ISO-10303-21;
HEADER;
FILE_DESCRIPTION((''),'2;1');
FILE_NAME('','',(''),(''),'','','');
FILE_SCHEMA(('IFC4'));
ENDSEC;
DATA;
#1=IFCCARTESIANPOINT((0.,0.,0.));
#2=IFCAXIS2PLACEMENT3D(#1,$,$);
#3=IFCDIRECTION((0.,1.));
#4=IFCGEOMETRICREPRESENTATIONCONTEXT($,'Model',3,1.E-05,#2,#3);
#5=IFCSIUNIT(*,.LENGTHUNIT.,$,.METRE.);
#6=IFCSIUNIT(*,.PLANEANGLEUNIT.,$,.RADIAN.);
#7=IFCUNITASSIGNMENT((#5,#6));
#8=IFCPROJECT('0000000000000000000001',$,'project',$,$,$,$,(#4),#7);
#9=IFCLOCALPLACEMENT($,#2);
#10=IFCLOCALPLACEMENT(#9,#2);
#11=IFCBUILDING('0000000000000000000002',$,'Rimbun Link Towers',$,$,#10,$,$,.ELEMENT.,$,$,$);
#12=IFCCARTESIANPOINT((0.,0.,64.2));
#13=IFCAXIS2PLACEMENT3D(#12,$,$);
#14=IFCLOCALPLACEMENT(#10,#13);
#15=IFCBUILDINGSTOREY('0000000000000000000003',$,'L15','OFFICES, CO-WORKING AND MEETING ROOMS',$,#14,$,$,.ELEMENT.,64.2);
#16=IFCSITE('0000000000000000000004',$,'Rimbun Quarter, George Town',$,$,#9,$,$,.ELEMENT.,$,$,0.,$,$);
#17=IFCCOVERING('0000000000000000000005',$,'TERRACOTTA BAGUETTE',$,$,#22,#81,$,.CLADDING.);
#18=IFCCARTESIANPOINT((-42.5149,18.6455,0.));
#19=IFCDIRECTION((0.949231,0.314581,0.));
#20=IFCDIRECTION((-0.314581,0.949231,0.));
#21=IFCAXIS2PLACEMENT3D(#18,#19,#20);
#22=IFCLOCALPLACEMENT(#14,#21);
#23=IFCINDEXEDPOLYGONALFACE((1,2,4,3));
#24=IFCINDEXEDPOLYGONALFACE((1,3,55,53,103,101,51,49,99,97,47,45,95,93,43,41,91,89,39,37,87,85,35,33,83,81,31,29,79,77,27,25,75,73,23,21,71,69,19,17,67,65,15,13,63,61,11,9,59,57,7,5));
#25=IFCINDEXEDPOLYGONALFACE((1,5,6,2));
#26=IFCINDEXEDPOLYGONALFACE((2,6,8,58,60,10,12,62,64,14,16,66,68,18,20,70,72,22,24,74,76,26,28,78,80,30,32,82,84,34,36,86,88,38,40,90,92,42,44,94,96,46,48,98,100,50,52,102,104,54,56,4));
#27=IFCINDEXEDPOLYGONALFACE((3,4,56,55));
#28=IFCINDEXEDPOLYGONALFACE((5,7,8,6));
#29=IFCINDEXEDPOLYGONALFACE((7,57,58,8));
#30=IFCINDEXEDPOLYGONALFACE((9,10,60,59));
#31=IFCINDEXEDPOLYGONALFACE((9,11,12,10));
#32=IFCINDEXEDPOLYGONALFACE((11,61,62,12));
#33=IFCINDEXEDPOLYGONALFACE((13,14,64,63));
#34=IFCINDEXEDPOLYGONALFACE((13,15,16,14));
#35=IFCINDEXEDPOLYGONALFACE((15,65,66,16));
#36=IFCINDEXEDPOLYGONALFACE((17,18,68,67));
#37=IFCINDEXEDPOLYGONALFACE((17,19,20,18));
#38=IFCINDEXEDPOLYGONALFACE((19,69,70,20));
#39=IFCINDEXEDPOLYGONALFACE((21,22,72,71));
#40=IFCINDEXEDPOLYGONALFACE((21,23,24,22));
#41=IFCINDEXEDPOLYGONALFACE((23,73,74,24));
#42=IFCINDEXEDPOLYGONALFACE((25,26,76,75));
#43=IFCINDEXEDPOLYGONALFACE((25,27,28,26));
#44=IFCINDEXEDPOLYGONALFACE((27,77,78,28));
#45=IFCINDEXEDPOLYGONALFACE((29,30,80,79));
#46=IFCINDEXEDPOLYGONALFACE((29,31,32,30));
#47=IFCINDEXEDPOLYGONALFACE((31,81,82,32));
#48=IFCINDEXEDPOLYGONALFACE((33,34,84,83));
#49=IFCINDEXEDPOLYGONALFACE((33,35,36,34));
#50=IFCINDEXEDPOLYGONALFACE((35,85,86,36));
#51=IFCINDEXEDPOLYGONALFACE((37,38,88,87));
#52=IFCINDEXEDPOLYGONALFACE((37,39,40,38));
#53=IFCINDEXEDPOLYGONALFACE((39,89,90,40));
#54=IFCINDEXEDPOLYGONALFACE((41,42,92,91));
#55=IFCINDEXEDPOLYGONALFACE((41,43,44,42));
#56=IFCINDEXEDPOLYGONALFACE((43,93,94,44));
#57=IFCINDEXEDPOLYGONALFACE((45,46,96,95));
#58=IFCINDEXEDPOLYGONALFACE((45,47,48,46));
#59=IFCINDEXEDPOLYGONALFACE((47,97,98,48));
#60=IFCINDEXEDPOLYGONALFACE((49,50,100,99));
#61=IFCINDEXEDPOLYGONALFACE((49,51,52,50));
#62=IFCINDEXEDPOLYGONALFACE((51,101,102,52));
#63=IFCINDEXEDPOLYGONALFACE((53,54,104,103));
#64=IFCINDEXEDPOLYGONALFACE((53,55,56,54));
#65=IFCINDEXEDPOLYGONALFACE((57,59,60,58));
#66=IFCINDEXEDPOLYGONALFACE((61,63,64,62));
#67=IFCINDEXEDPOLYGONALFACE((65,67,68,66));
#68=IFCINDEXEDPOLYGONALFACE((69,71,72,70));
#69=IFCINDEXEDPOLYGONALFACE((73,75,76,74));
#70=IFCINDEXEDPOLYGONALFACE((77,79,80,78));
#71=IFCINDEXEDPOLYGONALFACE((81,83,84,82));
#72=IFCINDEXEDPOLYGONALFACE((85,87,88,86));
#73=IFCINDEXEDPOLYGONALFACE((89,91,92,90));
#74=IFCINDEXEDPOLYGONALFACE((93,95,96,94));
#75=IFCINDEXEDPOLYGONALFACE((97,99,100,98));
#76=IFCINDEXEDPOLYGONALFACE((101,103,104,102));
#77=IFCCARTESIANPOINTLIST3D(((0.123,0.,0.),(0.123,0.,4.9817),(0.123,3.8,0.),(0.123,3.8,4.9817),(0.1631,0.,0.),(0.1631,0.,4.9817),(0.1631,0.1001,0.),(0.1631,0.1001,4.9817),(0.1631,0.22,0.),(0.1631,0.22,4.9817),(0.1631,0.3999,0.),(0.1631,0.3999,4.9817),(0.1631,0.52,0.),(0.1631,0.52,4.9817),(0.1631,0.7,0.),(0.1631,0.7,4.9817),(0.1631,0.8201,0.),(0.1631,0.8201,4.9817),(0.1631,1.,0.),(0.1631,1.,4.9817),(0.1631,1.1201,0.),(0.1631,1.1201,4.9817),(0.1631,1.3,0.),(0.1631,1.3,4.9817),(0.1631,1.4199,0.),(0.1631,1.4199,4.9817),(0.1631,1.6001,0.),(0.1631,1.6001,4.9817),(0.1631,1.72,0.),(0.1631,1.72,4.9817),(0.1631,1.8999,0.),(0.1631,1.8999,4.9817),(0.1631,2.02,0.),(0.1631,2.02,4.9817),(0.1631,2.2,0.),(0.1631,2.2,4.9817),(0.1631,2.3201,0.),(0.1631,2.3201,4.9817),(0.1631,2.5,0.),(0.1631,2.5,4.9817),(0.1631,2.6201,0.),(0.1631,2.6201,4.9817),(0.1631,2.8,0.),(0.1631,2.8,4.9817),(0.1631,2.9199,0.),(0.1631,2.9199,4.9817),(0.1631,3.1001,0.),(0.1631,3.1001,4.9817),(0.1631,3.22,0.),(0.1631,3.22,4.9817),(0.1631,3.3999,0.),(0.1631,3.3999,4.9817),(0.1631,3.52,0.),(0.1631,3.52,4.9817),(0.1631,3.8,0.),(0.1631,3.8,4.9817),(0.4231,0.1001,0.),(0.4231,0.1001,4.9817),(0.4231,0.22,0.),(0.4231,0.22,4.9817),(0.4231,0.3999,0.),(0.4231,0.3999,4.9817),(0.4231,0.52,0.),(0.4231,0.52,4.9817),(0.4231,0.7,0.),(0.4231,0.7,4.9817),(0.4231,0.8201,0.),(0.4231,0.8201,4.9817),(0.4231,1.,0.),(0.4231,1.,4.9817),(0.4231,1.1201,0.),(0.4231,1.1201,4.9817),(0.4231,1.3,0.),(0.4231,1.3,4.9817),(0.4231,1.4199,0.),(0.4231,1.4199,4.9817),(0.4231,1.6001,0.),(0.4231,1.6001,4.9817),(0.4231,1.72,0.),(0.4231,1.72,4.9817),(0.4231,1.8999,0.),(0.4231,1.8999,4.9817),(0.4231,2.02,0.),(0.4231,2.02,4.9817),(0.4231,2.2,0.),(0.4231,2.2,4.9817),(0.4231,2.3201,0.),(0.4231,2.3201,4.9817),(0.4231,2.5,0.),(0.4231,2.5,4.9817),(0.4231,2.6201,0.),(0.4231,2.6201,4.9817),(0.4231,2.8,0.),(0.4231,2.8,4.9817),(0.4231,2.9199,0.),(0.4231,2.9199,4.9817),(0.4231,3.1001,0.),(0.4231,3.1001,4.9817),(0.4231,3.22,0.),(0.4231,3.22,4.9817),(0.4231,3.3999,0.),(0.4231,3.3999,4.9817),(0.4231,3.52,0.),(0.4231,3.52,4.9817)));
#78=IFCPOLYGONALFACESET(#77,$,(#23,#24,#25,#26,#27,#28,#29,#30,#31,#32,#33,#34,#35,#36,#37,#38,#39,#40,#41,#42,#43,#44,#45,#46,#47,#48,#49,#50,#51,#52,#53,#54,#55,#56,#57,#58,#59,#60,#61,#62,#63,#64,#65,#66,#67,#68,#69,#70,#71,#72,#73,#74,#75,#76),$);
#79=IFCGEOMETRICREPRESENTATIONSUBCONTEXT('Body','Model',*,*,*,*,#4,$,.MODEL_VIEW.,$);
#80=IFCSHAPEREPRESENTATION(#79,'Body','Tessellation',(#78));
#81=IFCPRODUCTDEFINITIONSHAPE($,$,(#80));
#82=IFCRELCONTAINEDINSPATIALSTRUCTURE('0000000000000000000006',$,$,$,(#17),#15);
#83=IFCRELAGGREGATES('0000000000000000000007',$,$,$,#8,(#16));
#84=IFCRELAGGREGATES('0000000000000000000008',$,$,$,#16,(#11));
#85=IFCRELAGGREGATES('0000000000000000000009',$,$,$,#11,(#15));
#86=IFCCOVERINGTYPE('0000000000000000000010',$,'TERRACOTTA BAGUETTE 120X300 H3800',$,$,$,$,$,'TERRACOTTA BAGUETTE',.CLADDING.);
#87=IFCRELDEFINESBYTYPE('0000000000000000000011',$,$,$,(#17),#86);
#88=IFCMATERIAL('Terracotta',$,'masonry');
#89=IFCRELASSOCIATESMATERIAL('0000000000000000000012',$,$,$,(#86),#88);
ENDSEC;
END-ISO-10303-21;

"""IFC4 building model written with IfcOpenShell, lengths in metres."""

from ifc_helpers import new_model, si_unit, direction, frame, origin, place, context, subcontext, project, spatial, polyline, outline, extrude, material, material_profile, profile_set, type_object, element, save


model = new_model("IFC4")

# Units and contexts
model_context = context("Model", 3, precision=1e-05, world=origin(), true_north=direction((0.0, 1.0)))
body_context = subcontext(model_context, "Body", "Model", "MODEL_VIEW")
ifc_project = project(units=[si_unit("LENGTHUNIT", "METRE"), si_unit("PLANEANGLEUNIT", "RADIAN")], contexts=[model_context])

# Site, building, storey
site_placement = place(None, origin())
site = spatial("IfcSite", under=ifc_project, at=site_placement, Name="Rimbun Quarter, George Town", CompositionType="ELEMENT", RefElevation=0.0)
building_placement = place(site_placement, origin())
building = spatial("IfcBuilding", under=site, at=building_placement, Name="Rimbun Link Towers", CompositionType="ELEMENT")
storey_placement = place(building_placement, frame((0.0, 0.0, 64.2)))
storey = spatial("IfcBuildingStorey", under=building, at=storey_placement, Name="L15", Description="OFFICES, CO-WORKING AND MEETING ROOMS", CompositionType="ELEMENT", Elevation=64.2)

# Covering
ifc_material_1 = material(Name="Terracotta", Category="masonry")
ifc_material_profile_1 = material_profile(ifc_material_1, outline(polyline([(0.123, 0.0), (0.1631, 0.0), (0.1631, 0.1001), (0.4231, 0.1001), (0.4231, 0.22), (0.1631, 0.22), (0.1631, 0.3999), (0.4231, 0.3999), (0.4231, 0.52), (0.1631, 0.52), (0.1631, 0.7), (0.4231, 0.7), (0.4231, 0.8201), (0.1631, 0.8201), (0.1631, 1.0), (0.4231, 1.0), (0.4231, 1.1201), (0.1631, 1.1201), (0.1631, 1.3), (0.4231, 1.3), (0.4231, 1.4199), (0.1631, 1.4199), (0.1631, 1.6001), (0.4231, 1.6001), (0.4231, 1.72), (0.1631, 1.72), (0.1631, 1.8999), (0.4231, 1.8999), (0.4231, 2.02), (0.1631, 2.02), (0.1631, 2.2), (0.4231, 2.2), (0.4231, 2.3201), (0.1631, 2.3201), (0.1631, 2.5), (0.4231, 2.5), (0.4231, 2.6201), (0.1631, 2.6201), (0.1631, 2.8), (0.4231, 2.8), (0.4231, 2.9199), (0.1631, 2.9199), (0.1631, 3.1001), (0.4231, 3.1001), (0.4231, 3.22), (0.1631, 3.22), (0.1631, 3.3999), (0.4231, 3.3999), (0.4231, 3.52), (0.1631, 3.52), (0.1631, 3.8), (0.123, 3.8), (0.123, 0.0)])), Name="BAGUETTE 120X300")
ifc_profile_set_1 = profile_set([ifc_material_profile_1], Name="Terracotta")
covering_type = type_object("IfcCoveringType", Name="TERRACOTTA BAGUETTE 120X300 H3800", ElementType="TERRACOTTA BAGUETTE", PredefinedType="CLADDING", material=ifc_profile_set_1)
covering_placement = place(storey_placement, frame((-42.5149, 18.6455, 0.0), z_axis=(0.949231, 0.314581, 0.0), x_axis=(-0.314581, 0.949231, 0.0)))
element("IfcCovering", 1, at=covering_placement, inside=storey, type_object=covering_type, Name="TERRACOTTA BAGUETTE", PredefinedType="CLADDING", context=body_context, shape_type="SweptSolid", body=[
    extrude(outline(polyline([(0.123, 0.0), (0.1631, 0.0), (0.1631, 0.1001), (0.4231, 0.1001), (0.4231, 0.22), (0.1631, 0.22), (0.1631, 0.3999), (0.4231, 0.3999), (0.4231, 0.52), (0.1631, 0.52), (0.1631, 0.7), (0.4231, 0.7), (0.4231, 0.8201), (0.1631, 0.8201), (0.1631, 1.0), (0.4231, 1.0), (0.4231, 1.1201), (0.1631, 1.1201), (0.1631, 1.3), (0.4231, 1.3), (0.4231, 1.4199), (0.1631, 1.4199), (0.1631, 1.6001), (0.4231, 1.6001), (0.4231, 1.72), (0.1631, 1.72), (0.1631, 1.8999), (0.4231, 1.8999), (0.4231, 2.02), (0.1631, 2.02), (0.1631, 2.2), (0.4231, 2.2), (0.4231, 2.3201), (0.1631, 2.3201), (0.1631, 2.5), (0.4231, 2.5), (0.4231, 2.6201), (0.1631, 2.6201), (0.1631, 2.8), (0.4231, 2.8), (0.4231, 2.9199), (0.1631, 2.9199), (0.1631, 3.1001), (0.4231, 3.1001), (0.4231, 3.22), (0.1631, 3.22), (0.1631, 3.3999), (0.4231, 3.3999), (0.4231, 3.52), (0.1631, 3.52), (0.1631, 3.8), (0.123, 3.8), (0.123, 0.0)])), origin(), (0.0, 0.0, 1.0), 4.9817),
])

save(model, "model.ifc")
